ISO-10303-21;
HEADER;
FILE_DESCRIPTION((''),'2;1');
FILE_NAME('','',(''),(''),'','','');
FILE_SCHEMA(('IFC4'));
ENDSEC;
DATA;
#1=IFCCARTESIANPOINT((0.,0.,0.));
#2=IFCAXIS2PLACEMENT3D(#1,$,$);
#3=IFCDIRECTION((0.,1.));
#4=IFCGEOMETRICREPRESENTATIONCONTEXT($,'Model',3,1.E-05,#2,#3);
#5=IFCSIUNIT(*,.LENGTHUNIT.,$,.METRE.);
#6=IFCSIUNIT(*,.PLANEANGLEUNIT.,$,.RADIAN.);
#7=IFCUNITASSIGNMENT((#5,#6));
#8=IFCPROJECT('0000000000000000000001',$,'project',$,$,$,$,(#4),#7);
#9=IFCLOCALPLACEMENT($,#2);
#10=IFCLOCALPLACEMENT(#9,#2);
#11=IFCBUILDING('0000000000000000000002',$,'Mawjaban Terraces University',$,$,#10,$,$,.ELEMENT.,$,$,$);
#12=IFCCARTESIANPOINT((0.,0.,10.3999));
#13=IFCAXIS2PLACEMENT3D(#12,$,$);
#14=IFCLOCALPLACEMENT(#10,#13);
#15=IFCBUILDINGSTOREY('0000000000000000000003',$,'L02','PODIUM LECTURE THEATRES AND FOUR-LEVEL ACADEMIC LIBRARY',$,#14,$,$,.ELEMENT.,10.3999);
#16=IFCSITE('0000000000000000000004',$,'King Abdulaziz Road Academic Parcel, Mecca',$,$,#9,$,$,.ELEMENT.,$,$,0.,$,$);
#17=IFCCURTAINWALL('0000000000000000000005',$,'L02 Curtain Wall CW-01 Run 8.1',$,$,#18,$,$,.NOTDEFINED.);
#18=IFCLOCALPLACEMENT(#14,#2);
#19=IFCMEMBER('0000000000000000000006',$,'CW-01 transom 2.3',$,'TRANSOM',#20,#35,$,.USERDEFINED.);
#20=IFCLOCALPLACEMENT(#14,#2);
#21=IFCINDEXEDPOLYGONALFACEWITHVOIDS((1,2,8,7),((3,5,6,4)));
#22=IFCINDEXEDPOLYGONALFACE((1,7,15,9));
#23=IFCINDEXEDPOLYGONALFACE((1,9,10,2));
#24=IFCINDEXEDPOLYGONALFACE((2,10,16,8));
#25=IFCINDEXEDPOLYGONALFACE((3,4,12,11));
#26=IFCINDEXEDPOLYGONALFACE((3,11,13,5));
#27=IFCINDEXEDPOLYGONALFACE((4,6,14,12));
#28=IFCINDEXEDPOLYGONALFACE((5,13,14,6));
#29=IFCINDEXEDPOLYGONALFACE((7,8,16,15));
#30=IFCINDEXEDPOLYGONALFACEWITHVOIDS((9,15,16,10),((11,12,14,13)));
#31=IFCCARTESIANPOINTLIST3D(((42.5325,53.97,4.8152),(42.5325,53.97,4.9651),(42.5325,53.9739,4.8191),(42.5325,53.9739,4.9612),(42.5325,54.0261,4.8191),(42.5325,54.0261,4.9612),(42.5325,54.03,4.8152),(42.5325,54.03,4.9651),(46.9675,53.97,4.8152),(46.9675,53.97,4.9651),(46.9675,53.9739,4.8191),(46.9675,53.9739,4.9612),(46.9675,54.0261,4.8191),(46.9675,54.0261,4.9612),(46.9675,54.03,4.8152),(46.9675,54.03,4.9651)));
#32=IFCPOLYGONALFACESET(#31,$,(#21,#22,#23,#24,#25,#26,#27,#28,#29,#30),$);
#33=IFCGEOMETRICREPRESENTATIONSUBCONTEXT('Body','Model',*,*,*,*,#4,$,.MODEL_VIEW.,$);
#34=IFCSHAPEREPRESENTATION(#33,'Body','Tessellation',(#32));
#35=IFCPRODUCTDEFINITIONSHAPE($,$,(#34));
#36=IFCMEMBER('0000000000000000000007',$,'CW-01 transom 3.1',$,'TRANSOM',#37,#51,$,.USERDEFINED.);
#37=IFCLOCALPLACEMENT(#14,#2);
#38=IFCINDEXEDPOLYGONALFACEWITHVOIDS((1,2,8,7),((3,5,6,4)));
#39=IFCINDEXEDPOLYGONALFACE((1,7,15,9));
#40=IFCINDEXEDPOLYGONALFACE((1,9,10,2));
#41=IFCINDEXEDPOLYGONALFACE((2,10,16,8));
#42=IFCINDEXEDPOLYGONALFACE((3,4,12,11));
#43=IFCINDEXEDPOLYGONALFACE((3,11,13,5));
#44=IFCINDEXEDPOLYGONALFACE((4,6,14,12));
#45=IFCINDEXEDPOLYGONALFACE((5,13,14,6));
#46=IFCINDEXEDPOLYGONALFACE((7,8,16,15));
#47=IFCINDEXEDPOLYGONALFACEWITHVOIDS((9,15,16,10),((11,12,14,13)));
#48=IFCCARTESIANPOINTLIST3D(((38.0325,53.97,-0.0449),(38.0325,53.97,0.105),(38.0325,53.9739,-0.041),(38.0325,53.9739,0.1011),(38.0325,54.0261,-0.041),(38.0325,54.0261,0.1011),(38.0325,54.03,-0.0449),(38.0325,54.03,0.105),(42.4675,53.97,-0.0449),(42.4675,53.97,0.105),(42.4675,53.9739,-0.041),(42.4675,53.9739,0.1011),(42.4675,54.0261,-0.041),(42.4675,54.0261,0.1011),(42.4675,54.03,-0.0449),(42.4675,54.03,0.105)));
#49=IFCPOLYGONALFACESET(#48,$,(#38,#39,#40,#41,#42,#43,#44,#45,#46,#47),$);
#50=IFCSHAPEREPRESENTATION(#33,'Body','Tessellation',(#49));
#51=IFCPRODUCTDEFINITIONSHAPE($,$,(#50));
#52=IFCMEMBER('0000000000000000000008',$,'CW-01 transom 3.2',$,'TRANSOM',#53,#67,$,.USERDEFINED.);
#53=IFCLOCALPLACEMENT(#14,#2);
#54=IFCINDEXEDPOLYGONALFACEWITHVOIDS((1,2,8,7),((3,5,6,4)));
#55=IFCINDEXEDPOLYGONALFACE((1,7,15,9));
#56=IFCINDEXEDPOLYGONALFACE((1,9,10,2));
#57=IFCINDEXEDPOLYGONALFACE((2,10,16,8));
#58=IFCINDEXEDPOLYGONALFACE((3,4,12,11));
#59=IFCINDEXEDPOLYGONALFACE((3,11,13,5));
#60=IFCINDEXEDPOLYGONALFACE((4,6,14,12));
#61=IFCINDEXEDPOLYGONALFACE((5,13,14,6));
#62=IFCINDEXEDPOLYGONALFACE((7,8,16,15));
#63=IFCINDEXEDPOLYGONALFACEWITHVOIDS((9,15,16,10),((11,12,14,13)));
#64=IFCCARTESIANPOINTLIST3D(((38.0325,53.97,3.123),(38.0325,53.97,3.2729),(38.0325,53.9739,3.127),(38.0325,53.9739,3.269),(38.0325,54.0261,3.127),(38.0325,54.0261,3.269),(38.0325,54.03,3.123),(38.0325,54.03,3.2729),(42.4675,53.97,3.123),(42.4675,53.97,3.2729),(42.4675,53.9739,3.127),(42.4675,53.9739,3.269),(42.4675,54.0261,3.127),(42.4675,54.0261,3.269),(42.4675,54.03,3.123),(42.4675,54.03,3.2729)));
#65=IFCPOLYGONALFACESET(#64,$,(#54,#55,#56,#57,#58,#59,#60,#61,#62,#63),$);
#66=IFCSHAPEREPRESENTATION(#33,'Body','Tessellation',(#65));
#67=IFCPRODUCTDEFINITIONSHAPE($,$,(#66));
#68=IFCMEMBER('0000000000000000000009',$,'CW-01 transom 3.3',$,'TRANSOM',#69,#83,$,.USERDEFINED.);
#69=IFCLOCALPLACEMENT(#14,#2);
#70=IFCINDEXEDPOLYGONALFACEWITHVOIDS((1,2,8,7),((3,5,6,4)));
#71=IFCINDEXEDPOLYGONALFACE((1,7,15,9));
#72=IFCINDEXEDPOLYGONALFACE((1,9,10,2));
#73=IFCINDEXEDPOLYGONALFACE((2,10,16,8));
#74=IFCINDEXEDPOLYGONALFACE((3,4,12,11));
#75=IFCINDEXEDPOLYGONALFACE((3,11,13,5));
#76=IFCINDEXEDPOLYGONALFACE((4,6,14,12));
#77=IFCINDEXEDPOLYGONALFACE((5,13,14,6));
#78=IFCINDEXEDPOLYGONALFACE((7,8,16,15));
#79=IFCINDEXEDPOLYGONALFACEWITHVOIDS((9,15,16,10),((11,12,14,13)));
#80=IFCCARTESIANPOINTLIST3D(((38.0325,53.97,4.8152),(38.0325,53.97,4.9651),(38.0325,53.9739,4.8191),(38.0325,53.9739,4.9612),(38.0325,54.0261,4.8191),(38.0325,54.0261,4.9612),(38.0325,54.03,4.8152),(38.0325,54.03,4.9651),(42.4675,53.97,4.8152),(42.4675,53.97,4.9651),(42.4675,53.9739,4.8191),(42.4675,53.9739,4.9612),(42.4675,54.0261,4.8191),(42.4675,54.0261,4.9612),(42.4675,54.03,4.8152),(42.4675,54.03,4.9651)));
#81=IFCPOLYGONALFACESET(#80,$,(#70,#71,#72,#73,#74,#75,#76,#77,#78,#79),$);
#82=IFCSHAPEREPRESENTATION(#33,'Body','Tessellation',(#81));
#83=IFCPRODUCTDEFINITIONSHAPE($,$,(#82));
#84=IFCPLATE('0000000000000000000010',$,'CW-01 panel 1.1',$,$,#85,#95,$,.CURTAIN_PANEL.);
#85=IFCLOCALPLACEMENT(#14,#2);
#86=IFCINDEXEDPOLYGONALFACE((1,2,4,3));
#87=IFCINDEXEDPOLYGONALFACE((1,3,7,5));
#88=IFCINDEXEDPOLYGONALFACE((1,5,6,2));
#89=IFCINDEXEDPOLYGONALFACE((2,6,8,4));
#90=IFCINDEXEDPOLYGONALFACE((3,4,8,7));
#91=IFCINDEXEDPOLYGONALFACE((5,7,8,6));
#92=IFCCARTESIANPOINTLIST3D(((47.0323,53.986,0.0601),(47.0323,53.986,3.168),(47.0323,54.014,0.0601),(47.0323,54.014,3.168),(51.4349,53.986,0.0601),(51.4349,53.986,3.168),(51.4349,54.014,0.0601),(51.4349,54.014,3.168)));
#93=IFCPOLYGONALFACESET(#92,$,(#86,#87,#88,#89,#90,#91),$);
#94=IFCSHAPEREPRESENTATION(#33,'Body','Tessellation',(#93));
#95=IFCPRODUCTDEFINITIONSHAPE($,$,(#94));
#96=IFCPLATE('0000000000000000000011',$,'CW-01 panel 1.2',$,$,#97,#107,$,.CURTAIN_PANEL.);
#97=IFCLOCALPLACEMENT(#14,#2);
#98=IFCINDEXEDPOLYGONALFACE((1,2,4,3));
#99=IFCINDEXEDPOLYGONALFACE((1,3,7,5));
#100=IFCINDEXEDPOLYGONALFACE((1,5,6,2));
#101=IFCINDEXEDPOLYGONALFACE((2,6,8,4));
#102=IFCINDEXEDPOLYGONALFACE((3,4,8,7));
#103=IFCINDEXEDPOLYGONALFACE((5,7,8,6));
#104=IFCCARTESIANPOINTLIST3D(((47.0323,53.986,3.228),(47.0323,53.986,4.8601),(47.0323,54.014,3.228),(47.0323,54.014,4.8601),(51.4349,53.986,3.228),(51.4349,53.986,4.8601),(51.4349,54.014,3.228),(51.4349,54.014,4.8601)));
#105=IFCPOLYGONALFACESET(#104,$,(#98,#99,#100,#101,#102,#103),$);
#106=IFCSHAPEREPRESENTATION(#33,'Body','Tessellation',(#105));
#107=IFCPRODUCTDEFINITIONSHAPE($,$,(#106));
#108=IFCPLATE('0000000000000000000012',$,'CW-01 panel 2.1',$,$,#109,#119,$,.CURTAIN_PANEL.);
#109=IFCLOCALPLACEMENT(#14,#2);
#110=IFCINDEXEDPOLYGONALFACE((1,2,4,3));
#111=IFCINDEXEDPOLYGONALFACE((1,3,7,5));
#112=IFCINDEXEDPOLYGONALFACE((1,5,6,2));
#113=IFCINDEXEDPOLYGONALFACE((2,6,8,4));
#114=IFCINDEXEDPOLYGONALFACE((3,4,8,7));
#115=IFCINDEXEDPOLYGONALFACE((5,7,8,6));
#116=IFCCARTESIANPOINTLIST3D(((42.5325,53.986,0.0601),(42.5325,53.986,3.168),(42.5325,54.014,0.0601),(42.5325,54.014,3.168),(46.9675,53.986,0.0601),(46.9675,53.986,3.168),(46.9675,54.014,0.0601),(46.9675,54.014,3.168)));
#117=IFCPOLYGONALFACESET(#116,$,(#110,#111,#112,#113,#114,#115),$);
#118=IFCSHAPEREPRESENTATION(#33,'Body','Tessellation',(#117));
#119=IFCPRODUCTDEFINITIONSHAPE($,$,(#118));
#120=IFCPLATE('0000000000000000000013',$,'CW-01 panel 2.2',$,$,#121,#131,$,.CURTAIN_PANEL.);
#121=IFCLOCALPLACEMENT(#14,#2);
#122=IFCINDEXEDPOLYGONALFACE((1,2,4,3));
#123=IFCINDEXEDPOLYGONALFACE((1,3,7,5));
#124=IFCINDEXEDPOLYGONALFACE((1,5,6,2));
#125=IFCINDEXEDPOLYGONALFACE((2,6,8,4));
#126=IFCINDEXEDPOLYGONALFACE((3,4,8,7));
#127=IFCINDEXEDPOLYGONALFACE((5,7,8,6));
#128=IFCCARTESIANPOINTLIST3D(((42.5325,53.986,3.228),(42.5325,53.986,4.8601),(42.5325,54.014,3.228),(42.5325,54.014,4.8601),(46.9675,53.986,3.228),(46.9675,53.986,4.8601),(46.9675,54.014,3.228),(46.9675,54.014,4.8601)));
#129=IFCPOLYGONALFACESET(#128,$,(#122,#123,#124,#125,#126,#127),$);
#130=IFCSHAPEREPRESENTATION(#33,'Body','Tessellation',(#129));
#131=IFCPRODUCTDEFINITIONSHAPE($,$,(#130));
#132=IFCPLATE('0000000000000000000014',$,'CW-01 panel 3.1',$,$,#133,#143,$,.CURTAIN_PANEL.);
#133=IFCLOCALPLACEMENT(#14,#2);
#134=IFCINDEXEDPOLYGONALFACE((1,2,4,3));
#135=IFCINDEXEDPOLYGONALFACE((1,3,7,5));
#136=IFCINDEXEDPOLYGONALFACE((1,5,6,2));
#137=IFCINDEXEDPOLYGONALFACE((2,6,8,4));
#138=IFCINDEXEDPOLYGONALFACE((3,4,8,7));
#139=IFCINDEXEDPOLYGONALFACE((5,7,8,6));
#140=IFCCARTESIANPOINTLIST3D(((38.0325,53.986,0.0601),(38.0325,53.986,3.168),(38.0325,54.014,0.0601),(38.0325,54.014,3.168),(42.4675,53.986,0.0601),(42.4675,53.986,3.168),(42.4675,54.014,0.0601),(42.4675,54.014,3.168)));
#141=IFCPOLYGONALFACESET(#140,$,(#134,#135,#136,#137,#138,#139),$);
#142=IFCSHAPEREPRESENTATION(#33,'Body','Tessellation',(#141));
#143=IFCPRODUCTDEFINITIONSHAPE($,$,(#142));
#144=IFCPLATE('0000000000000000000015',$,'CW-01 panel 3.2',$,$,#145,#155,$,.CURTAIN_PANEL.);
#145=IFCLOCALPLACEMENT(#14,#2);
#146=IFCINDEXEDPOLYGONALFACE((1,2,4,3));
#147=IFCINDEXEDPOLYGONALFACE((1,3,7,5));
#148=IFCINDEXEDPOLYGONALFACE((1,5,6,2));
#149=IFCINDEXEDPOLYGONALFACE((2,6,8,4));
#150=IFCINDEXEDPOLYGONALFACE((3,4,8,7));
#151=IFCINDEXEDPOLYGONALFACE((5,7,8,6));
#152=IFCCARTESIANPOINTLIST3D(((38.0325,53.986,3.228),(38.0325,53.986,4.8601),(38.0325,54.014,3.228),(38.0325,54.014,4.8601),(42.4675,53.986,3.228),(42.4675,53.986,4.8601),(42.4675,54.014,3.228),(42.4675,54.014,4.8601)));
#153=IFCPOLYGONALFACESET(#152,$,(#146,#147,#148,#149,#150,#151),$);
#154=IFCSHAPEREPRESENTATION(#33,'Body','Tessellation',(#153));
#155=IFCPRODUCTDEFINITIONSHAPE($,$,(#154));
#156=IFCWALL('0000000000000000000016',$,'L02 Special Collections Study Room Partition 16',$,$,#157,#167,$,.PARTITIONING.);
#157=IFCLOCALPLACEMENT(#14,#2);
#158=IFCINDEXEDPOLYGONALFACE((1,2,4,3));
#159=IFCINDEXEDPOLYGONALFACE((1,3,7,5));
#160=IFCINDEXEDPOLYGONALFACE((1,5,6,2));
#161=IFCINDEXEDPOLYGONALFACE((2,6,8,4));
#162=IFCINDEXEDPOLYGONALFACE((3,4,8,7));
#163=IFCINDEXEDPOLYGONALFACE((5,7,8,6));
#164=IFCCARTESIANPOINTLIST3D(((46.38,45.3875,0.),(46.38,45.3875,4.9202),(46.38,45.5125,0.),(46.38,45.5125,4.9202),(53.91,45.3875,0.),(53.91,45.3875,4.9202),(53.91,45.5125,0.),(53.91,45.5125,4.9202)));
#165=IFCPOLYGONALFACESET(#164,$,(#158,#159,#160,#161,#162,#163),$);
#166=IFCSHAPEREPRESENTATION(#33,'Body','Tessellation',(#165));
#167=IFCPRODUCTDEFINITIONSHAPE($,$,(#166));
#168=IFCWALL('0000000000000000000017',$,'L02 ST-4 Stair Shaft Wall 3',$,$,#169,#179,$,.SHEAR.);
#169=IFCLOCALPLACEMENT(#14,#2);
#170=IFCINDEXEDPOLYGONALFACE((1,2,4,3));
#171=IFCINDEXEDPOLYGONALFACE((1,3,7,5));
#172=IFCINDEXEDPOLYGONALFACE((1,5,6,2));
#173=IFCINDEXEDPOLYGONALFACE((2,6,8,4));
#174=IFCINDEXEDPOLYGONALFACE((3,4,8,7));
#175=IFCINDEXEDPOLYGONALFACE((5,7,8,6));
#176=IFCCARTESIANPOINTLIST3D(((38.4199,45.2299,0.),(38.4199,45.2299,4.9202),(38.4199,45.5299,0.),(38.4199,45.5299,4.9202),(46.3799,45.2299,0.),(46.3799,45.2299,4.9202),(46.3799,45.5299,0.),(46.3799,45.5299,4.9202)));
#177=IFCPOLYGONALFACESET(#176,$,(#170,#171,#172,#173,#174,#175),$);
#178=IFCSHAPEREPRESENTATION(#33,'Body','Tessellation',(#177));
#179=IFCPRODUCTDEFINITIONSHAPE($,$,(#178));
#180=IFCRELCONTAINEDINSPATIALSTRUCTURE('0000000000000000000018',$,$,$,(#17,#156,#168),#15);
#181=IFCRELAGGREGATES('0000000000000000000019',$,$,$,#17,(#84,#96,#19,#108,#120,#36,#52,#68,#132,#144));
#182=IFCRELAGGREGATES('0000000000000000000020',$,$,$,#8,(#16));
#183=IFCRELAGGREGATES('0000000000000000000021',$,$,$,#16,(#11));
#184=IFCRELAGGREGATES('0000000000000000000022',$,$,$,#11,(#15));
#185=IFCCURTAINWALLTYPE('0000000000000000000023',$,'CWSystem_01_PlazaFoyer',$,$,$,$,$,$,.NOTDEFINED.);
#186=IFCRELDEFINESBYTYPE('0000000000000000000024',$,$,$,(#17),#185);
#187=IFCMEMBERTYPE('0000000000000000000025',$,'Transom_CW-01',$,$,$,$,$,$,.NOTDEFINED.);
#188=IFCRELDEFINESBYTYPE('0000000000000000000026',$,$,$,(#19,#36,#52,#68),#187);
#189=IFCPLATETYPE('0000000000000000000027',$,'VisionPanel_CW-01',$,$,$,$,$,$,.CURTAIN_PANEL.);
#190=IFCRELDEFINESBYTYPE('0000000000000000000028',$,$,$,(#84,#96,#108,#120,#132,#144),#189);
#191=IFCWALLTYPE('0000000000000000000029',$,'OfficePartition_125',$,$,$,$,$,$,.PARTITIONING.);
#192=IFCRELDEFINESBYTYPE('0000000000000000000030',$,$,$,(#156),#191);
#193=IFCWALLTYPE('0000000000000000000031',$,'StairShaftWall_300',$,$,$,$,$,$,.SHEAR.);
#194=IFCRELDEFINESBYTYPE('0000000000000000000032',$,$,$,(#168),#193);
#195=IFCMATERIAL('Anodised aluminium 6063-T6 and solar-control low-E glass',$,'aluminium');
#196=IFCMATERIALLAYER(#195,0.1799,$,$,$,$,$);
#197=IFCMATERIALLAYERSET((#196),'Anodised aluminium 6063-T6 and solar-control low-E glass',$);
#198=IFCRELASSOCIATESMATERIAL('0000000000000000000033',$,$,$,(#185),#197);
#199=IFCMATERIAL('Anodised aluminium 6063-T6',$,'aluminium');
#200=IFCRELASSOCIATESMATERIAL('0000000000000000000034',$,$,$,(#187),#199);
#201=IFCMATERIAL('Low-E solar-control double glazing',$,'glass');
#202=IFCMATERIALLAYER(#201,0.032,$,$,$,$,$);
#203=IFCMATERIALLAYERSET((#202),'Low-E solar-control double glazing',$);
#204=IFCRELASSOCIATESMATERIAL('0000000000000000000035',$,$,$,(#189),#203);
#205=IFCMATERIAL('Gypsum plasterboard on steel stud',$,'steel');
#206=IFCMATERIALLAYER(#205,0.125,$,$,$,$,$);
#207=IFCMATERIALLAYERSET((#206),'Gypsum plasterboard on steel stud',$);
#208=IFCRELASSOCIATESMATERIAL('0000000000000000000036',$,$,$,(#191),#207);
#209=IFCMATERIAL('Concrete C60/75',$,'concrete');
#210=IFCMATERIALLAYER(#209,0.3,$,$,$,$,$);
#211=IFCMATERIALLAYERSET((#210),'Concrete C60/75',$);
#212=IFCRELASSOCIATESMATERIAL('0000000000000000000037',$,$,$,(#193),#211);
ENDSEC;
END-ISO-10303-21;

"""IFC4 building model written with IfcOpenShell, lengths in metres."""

from ifc_helpers import new_model, si_unit, direction, frame, frame_2d, origin, origin_2d, place, context, subcontext, project, spatial, rectangle, hollow_rectangle, extrude, material, layer, layer_set, material_profile, profile_set, type_object, element, aggregate, save


model = new_model("IFC4")

# Units and contexts
model_context = context("Model", 3, precision=1e-05, world=origin(), true_north=direction((0.0, 1.0)))
body_context = subcontext(model_context, "Body", "Model", "MODEL_VIEW")
ifc_project = project(units=[si_unit("LENGTHUNIT", "METRE"), si_unit("PLANEANGLEUNIT", "RADIAN")], contexts=[model_context])

# Site, building, storey
site_placement = place(None, origin())
site = spatial("IfcSite", under=ifc_project, at=site_placement, Name="King Abdulaziz Road Academic Parcel, Mecca", CompositionType="ELEMENT", RefElevation=0.0)
building_placement = place(site_placement, origin())
building = spatial("IfcBuilding", under=site, at=building_placement, Name="Mawjaban Terraces University", CompositionType="ELEMENT")
storey_placement = place(building_placement, frame((0.0, 0.0, 10.3999)))
storey = spatial("IfcBuildingStorey", under=building, at=storey_placement, Name="L02", Description="PODIUM LECTURE THEATRES AND FOUR-LEVEL ACADEMIC LIBRARY", CompositionType="ELEMENT", Elevation=10.3999)

# Curtain wall, members, plates
ifc_material_1 = material(Name="Anodised aluminium 6063-T6 and solar-control low-E glass", Category="aluminium")
ifc_layer_1 = layer(ifc_material_1, 0.1799)
ifc_layer_set_1 = layer_set([ifc_layer_1], Name="Anodised aluminium 6063-T6 and solar-control low-E glass")
curtain_wall_type = type_object("IfcCurtainWallType", Name="CWSystem_01_PlazaFoyer", PredefinedType="NOTDEFINED", material=ifc_layer_set_1)
curtain_wall_placement = place(storey_placement, origin())
curtain_wall = element("IfcCurtainWall", 1, at=curtain_wall_placement, inside=storey, type_object=curtain_wall_type, Name="L02 Curtain Wall CW-01 Run 8.1", PredefinedType="NOTDEFINED")
ifc_material_2 = material(Name="Anodised aluminium 6063-T6", Category="aluminium")
ifc_material_profile_1 = material_profile(ifc_material_2, hollow_rectangle(XDim=0.0601, YDim=0.1499, WallThickness=0.0039, at=origin_2d()), Name="ALU150X60X4")
ifc_profile_set_1 = profile_set([ifc_material_profile_1], Name="Anodised aluminium 6063-T6")
member_type_1 = type_object("IfcMemberType", Name="Transom_CW-01", PredefinedType="NOTDEFINED", material=ifc_profile_set_1)
member_1_placement = place(storey_placement, frame((46.9675, 54.0, 4.8901), z_axis=(-1.0, 0.0, 0.0), x_axis=(0.0, -1.0, 0.0)))
member_1 = element("IfcMember", 2, at=member_1_placement, type_object=member_type_1, Name="CW-01 transom 2.3", ObjectType="TRANSOM", PredefinedType="USERDEFINED", context=body_context, shape_type="SweptSolid", body=[
    extrude(hollow_rectangle(XDim=0.0601, YDim=0.1499, WallThickness=0.0039, at=origin_2d()), origin(), (0.0, 0.0, 1.0), 4.4351),
])
member_2_placement = place(storey_placement, frame((42.4675, 54.0, 0.03), z_axis=(-1.0, 0.0, 0.0), x_axis=(0.0, -1.0, 0.0)))
member_2 = element("IfcMember", 3, at=member_2_placement, type_object=member_type_1, Name="CW-01 transom 3.1", ObjectType="TRANSOM", PredefinedType="USERDEFINED", context=body_context, shape_type="SweptSolid", body=[
    extrude(hollow_rectangle(XDim=0.0601, YDim=0.1499, WallThickness=0.0039, at=origin_2d()), origin(), (0.0, 0.0, 1.0), 4.4351),
])
member_3_placement = place(storey_placement, frame((42.4675, 54.0, 3.198), z_axis=(-1.0, 0.0, 0.0), x_axis=(0.0, -1.0, 0.0)))
member_3 = element("IfcMember", 4, at=member_3_placement, type_object=member_type_1, Name="CW-01 transom 3.2", ObjectType="TRANSOM", PredefinedType="USERDEFINED", context=body_context, shape_type="SweptSolid", body=[
    extrude(hollow_rectangle(XDim=0.0601, YDim=0.1499, WallThickness=0.0039, at=origin_2d()), origin(), (0.0, 0.0, 1.0), 4.4351),
])
member_4_placement = place(storey_placement, frame((42.4675, 54.0, 4.8901), z_axis=(-1.0, 0.0, 0.0), x_axis=(0.0, -1.0, 0.0)))
member_4 = element("IfcMember", 5, at=member_4_placement, type_object=member_type_1, Name="CW-01 transom 3.3", ObjectType="TRANSOM", PredefinedType="USERDEFINED", context=body_context, shape_type="SweptSolid", body=[
    extrude(hollow_rectangle(XDim=0.0601, YDim=0.1499, WallThickness=0.0039, at=origin_2d()), origin(), (0.0, 0.0, 1.0), 4.4351),
])
ifc_material_3 = material(Name="Low-E solar-control double glazing", Category="glass")
ifc_layer_2 = layer(ifc_material_3, 0.032)
ifc_layer_set_2 = layer_set([ifc_layer_2], Name="Low-E solar-control double glazing")
plate_type = type_object("IfcPlateType", Name="VisionPanel_CW-01", PredefinedType="CURTAIN_PANEL", material=ifc_layer_set_2)
plate_1_placement = place(storey_placement, frame((49.2336, 54.0, 0.0601), z_axis=(0.0, 0.0, 1.0), x_axis=(-1.0, 0.0, 0.0)))
plate_1 = element("IfcPlate", 6, at=plate_1_placement, type_object=plate_type, Name="CW-01 panel 1.1", PredefinedType="CURTAIN_PANEL", context=body_context, shape_type="SweptSolid", body=[
    extrude(rectangle(XDim=4.4026, YDim=0.0281, at=origin_2d()), origin(), (0.0, 0.0, 1.0), 3.1079),
])
plate_2_placement = place(storey_placement, frame((49.2336, 54.0, 3.228), z_axis=(0.0, 0.0, 1.0), x_axis=(-1.0, 0.0, 0.0)))
plate_2 = element("IfcPlate", 7, at=plate_2_placement, type_object=plate_type, Name="CW-01 panel 1.2", PredefinedType="CURTAIN_PANEL", context=body_context, shape_type="SweptSolid", body=[
    extrude(rectangle(XDim=4.4026, YDim=0.0281, at=origin_2d()), origin(), (0.0, 0.0, 1.0), 1.6321),
])
plate_3_placement = place(storey_placement, frame((44.75, 54.0, 0.0601), z_axis=(0.0, 0.0, 1.0), x_axis=(-1.0, 0.0, 0.0)))
plate_3 = element("IfcPlate", 8, at=plate_3_placement, type_object=plate_type, Name="CW-01 panel 2.1", PredefinedType="CURTAIN_PANEL", context=body_context, shape_type="SweptSolid", body=[
    extrude(rectangle(XDim=4.4351, YDim=0.0281, at=origin_2d()), origin(), (0.0, 0.0, 1.0), 3.1079),
])
plate_4_placement = place(storey_placement, frame((44.75, 54.0, 3.228), z_axis=(0.0, 0.0, 1.0), x_axis=(-1.0, 0.0, 0.0)))
plate_4 = element("IfcPlate", 9, at=plate_4_placement, type_object=plate_type, Name="CW-01 panel 2.2", PredefinedType="CURTAIN_PANEL", context=body_context, shape_type="SweptSolid", body=[
    extrude(rectangle(XDim=4.4351, YDim=0.0281, at=origin_2d()), origin(), (0.0, 0.0, 1.0), 1.6321),
])
plate_5_placement = place(storey_placement, frame((40.25, 54.0, 0.0601), z_axis=(0.0, 0.0, 1.0), x_axis=(-1.0, 0.0, 0.0)))
plate_5 = element("IfcPlate", 10, at=plate_5_placement, type_object=plate_type, Name="CW-01 panel 3.1", PredefinedType="CURTAIN_PANEL", context=body_context, shape_type="SweptSolid", body=[
    extrude(rectangle(XDim=4.4351, YDim=0.0281, at=origin_2d()), origin(), (0.0, 0.0, 1.0), 3.1079),
])
plate_6_placement = place(storey_placement, frame((40.25, 54.0, 3.228), z_axis=(0.0, 0.0, 1.0), x_axis=(-1.0, 0.0, 0.0)))
plate_6 = element("IfcPlate", 11, at=plate_6_placement, type_object=plate_type, Name="CW-01 panel 3.2", PredefinedType="CURTAIN_PANEL", context=body_context, shape_type="SweptSolid", body=[
    extrude(rectangle(XDim=4.4351, YDim=0.0281, at=origin_2d()), origin(), (0.0, 0.0, 1.0), 1.6321),
])
aggregate(curtain_wall, [plate_1, plate_2, member_1, plate_3, plate_4, member_2, member_3, member_4, plate_5, plate_6])

# Walls
ifc_material_4 = material(Name="Gypsum plasterboard on steel stud", Category="steel")
ifc_layer_3 = layer(ifc_material_4, 0.125)
ifc_layer_set_3 = layer_set([ifc_layer_3], Name="Gypsum plasterboard on steel stud")
wall_type_1 = type_object("IfcWallType", Name="OfficePartition_125", PredefinedType="PARTITIONING", material=ifc_layer_set_3)
wall_1_placement = place(storey_placement, frame((46.3799, 45.45, 0.0), z_axis=(0.0, 0.0, 1.0), x_axis=(1.0, 0.0, 0.0)))
element("IfcWall", 12, at=wall_1_placement, inside=storey, type_object=wall_type_1, Name="L02 Special Collections Study Room Partition 16", PredefinedType="PARTITIONING", context=body_context, shape_type="SweptSolid", body=[
    extrude(rectangle(XDim=7.53, YDim=0.125, at=frame_2d((3.7651, 0.0))), origin(), (0.0, 0.0, 1.0), 4.9202),
])
ifc_material_5 = material(Name="Concrete C60/75", Category="concrete")
ifc_layer_4 = layer(ifc_material_5, 0.3)
ifc_layer_set_4 = layer_set([ifc_layer_4], Name="Concrete C60/75")
wall_type_2 = type_object("IfcWallType", Name="StairShaftWall_300", PredefinedType="SHEAR", material=ifc_layer_set_4)
wall_2_placement = place(storey_placement, frame((46.3799, 45.3799, 0.0), z_axis=(0.0, 0.0, 1.0), x_axis=(-1.0, 0.0, 0.0)))
element("IfcWall", 13, at=wall_2_placement, inside=storey, type_object=wall_type_2, Name="L02 ST-4 Stair Shaft Wall 3", PredefinedType="SHEAR", context=body_context, shape_type="SweptSolid", body=[
    extrude(rectangle(XDim=7.96, YDim=0.3, at=frame_2d((3.98, 0.0))), origin(), (0.0, 0.0, 1.0), 4.9202),
])

save(model, "model.ifc")
